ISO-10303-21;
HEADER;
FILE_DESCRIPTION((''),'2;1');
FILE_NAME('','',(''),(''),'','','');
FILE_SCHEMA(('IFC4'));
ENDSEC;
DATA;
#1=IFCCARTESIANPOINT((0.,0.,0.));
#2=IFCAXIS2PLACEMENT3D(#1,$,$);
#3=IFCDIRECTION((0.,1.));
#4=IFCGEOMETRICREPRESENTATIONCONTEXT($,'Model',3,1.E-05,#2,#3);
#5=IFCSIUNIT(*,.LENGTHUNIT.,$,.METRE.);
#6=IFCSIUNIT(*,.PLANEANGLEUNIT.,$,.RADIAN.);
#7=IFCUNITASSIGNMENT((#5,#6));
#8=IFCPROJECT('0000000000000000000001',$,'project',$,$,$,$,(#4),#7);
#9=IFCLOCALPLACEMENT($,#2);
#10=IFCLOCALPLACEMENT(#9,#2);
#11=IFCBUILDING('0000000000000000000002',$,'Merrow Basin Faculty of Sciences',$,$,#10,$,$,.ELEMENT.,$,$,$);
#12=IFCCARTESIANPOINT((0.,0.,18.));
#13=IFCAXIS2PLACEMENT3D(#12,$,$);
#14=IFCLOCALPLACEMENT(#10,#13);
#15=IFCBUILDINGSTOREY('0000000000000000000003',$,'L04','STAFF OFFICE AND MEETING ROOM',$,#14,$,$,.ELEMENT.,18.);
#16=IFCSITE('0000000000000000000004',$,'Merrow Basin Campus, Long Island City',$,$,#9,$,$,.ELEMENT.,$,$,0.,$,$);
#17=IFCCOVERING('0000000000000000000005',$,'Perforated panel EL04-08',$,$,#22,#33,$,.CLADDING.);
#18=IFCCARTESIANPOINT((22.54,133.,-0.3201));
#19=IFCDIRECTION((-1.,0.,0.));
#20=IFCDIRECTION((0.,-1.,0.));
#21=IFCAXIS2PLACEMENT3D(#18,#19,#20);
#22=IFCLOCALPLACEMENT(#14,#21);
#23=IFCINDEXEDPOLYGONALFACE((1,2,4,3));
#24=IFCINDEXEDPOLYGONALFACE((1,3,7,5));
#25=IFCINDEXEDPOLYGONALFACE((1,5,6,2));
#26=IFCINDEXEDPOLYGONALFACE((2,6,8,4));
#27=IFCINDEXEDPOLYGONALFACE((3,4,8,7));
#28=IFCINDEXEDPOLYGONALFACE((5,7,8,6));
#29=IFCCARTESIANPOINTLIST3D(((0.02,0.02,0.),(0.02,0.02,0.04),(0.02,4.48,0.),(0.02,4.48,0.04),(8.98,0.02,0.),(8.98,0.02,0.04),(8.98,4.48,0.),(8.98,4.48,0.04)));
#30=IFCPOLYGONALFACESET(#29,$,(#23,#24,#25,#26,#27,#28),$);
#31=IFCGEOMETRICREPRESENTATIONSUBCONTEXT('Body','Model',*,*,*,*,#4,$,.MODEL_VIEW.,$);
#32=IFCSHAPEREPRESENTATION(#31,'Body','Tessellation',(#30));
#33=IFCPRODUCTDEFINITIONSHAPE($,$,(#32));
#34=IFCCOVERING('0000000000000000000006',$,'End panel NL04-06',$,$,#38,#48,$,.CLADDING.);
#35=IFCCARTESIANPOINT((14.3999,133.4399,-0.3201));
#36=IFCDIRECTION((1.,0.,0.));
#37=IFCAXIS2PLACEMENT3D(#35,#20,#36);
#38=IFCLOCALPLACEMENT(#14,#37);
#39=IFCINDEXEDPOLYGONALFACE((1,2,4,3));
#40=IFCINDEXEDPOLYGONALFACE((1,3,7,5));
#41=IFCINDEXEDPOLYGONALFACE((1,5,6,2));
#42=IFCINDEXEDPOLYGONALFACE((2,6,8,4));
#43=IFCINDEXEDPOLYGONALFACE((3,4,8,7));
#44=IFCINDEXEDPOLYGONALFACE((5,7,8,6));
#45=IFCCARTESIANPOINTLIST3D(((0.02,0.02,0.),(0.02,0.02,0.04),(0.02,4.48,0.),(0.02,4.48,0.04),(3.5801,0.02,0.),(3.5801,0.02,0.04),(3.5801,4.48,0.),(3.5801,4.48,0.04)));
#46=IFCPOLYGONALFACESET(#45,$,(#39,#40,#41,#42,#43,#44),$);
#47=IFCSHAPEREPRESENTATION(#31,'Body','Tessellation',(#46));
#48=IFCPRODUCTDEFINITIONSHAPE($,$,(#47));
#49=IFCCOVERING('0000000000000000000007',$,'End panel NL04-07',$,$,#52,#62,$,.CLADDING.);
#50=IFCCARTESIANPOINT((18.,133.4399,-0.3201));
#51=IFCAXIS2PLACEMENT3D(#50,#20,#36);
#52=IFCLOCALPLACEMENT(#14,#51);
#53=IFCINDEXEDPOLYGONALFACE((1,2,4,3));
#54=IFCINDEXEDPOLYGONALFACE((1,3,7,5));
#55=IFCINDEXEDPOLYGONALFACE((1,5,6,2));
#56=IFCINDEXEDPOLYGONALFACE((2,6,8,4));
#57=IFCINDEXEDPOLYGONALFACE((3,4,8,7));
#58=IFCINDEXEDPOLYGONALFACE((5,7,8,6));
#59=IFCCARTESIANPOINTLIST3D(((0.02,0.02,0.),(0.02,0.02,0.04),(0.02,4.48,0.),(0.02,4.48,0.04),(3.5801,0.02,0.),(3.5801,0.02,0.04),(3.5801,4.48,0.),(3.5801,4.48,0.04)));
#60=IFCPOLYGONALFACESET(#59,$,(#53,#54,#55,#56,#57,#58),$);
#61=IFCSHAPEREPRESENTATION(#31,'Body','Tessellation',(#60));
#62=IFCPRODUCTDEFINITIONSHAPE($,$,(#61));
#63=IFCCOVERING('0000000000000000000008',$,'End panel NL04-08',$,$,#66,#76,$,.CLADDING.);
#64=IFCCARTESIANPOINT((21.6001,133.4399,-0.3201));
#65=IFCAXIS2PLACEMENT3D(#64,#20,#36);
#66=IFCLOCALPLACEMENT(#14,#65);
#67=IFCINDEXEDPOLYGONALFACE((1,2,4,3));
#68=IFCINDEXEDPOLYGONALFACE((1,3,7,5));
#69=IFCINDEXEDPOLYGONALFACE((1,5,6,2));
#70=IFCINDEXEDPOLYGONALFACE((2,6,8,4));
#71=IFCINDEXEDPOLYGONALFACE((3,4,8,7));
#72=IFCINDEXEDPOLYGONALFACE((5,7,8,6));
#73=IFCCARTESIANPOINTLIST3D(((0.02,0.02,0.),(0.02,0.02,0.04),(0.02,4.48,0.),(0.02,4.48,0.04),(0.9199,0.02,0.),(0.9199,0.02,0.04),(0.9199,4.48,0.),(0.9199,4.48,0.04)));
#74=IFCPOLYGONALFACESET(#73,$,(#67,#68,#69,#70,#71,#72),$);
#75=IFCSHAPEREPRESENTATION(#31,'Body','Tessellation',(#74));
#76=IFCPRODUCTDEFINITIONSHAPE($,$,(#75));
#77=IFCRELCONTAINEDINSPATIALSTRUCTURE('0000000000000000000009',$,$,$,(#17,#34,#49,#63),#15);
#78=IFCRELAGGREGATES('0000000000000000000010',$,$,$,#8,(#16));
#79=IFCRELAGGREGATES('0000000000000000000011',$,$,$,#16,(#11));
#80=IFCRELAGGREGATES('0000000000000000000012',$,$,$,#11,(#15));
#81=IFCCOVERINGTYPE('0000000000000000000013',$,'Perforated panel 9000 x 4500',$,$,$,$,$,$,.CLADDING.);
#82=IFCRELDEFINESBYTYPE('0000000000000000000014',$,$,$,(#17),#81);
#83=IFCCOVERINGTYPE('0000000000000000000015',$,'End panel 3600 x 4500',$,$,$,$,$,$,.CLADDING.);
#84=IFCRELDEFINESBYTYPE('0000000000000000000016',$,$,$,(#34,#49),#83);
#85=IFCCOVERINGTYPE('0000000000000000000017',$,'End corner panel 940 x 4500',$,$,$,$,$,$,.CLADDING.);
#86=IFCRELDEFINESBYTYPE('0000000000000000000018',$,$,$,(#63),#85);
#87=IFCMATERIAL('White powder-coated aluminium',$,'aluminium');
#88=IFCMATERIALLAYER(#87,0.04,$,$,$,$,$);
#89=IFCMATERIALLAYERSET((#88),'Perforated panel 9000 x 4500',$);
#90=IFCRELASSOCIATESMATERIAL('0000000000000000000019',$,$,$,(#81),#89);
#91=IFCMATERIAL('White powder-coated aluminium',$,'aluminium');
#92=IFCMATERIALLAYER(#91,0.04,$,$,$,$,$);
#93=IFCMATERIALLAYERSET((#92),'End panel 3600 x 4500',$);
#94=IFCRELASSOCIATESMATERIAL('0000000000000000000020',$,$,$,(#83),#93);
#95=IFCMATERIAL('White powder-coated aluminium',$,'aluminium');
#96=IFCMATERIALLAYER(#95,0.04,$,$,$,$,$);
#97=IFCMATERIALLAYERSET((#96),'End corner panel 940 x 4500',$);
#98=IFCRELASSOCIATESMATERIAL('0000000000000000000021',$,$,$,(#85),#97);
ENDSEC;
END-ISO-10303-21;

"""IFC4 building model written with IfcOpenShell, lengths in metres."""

from ifc_helpers import new_model, si_unit, direction, frame, origin, place, context, subcontext, project, spatial, polyline, outline, extrude, source, transform, mapped, material, layer, layer_set, type_object, element, save


model = new_model("IFC4")

# Units and contexts
model_context = context("Model", 3, precision=1e-05, world=origin(), true_north=direction((0.0, 1.0)))
body_context = subcontext(model_context, "Body", "Model", "MODEL_VIEW")
ifc_project = project(units=[si_unit("LENGTHUNIT", "METRE"), si_unit("PLANEANGLEUNIT", "RADIAN")], contexts=[model_context])

# Site, building, storey
site_placement = place(None, origin())
site = spatial("IfcSite", under=ifc_project, at=site_placement, Name="Merrow Basin Campus, Long Island City", CompositionType="ELEMENT", RefElevation=0.0)
building_placement = place(site_placement, origin())
building = spatial("IfcBuilding", under=site, at=building_placement, Name="Merrow Basin Faculty of Sciences", CompositionType="ELEMENT")
storey_placement = place(building_placement, frame((0.0, 0.0, 18.0)))
storey = spatial("IfcBuildingStorey", under=building, at=storey_placement, Name="L04", Description="STAFF OFFICE AND MEETING ROOM", CompositionType="ELEMENT", Elevation=18.0)

# Coverings
ifc_material_1 = material(Name="White powder-coated aluminium", Category="aluminium")
ifc_layer_1 = layer(ifc_material_1, 0.04)
ifc_layer_set_1 = layer_set([ifc_layer_1], Name="Perforated panel 9000 x 4500")
covering_type_1 = type_object("IfcCoveringType", Name="Perforated panel 9000 x 4500", PredefinedType="CLADDING", material=ifc_layer_set_1)
shared_shape_1 = source(origin(), body_context, "Body", "SweptSolid", [
    extrude(outline(polyline([(0.02, 0.02), (8.98, 0.02), (8.98, 4.48), (0.02, 4.48), (0.02, 0.02)])), origin(), (0.0, 0.0, 1.0), 0.04),
])
covering_1_placement = place(storey_placement, frame((22.54, 133.0, -0.3201), z_axis=(-1.0, 0.0, 0.0), x_axis=(0.0, -1.0, 0.0)))
element("IfcCovering", 1, at=covering_1_placement, inside=storey, type_object=covering_type_1, Name="Perforated panel EL04-08", PredefinedType="CLADDING", context=body_context, shape_type="MappedRepresentation", body=[
    mapped(shared_shape_1, transform((0.0, 0.0, 0.0), scale=1.0)),
])
ifc_material_2 = material(Name="White powder-coated aluminium", Category="aluminium")
ifc_layer_2 = layer(ifc_material_2, 0.04)
ifc_layer_set_2 = layer_set([ifc_layer_2], Name="End panel 3600 x 4500")
covering_type_2 = type_object("IfcCoveringType", Name="End panel 3600 x 4500", PredefinedType="CLADDING", material=ifc_layer_set_2)
shared_shape_2 = source(origin(), body_context, "Body", "SweptSolid", [
    extrude(outline(polyline([(0.02, 0.02), (3.5801, 0.02), (3.5801, 4.48), (0.02, 4.48), (0.02, 0.02)])), origin(), (0.0, 0.0, 1.0), 0.04),
])
covering_2_placement = place(storey_placement, frame((14.3999, 133.4399, -0.3201), z_axis=(0.0, -1.0, 0.0), x_axis=(1.0, 0.0, 0.0)))
element("IfcCovering", 2, at=covering_2_placement, inside=storey, type_object=covering_type_2, Name="End panel NL04-06", PredefinedType="CLADDING", context=body_context, shape_type="MappedRepresentation", body=[
    mapped(shared_shape_2, transform((0.0, 0.0, 0.0), scale=1.0)),
])
shared_shape_3 = source(origin(), body_context, "Body", "SweptSolid", [
    extrude(outline(polyline([(0.02, 0.02), (3.5801, 0.02), (3.5801, 4.48), (0.02, 4.48), (0.02, 0.02)])), origin(), (0.0, 0.0, 1.0), 0.04),
])
covering_3_placement = place(storey_placement, frame((18.0, 133.4399, -0.3201), z_axis=(0.0, -1.0, 0.0), x_axis=(1.0, 0.0, 0.0)))
element("IfcCovering", 3, at=covering_3_placement, inside=storey, type_object=covering_type_2, Name="End panel NL04-07", PredefinedType="CLADDING", context=body_context, shape_type="MappedRepresentation", body=[
    mapped(shared_shape_3, transform((0.0, 0.0, 0.0), scale=1.0)),
])
ifc_material_3 = material(Name="White powder-coated aluminium", Category="aluminium")
ifc_layer_3 = layer(ifc_material_3, 0.04)
ifc_layer_set_3 = layer_set([ifc_layer_3], Name="End corner panel 940 x 4500")
covering_type_3 = type_object("IfcCoveringType", Name="End corner panel 940 x 4500", PredefinedType="CLADDING", material=ifc_layer_set_3)
shared_shape_4 = source(origin(), body_context, "Body", "SweptSolid", [
    extrude(outline(polyline([(0.02, 0.02), (0.9199, 0.02), (0.9199, 4.48), (0.02, 4.48), (0.02, 0.02)])), origin(), (0.0, 0.0, 1.0), 0.04),
])
covering_4_placement = place(storey_placement, frame((21.6001, 133.4399, -0.3201), z_axis=(0.0, -1.0, 0.0), x_axis=(1.0, 0.0, 0.0)))
element("IfcCovering", 4, at=covering_4_placement, inside=storey, type_object=covering_type_3, Name="End panel NL04-08", PredefinedType="CLADDING", context=body_context, shape_type="MappedRepresentation", body=[
    mapped(shared_shape_4, transform((0.0, 0.0, 0.0), scale=1.0)),
])

save(model, "model.ifc")
